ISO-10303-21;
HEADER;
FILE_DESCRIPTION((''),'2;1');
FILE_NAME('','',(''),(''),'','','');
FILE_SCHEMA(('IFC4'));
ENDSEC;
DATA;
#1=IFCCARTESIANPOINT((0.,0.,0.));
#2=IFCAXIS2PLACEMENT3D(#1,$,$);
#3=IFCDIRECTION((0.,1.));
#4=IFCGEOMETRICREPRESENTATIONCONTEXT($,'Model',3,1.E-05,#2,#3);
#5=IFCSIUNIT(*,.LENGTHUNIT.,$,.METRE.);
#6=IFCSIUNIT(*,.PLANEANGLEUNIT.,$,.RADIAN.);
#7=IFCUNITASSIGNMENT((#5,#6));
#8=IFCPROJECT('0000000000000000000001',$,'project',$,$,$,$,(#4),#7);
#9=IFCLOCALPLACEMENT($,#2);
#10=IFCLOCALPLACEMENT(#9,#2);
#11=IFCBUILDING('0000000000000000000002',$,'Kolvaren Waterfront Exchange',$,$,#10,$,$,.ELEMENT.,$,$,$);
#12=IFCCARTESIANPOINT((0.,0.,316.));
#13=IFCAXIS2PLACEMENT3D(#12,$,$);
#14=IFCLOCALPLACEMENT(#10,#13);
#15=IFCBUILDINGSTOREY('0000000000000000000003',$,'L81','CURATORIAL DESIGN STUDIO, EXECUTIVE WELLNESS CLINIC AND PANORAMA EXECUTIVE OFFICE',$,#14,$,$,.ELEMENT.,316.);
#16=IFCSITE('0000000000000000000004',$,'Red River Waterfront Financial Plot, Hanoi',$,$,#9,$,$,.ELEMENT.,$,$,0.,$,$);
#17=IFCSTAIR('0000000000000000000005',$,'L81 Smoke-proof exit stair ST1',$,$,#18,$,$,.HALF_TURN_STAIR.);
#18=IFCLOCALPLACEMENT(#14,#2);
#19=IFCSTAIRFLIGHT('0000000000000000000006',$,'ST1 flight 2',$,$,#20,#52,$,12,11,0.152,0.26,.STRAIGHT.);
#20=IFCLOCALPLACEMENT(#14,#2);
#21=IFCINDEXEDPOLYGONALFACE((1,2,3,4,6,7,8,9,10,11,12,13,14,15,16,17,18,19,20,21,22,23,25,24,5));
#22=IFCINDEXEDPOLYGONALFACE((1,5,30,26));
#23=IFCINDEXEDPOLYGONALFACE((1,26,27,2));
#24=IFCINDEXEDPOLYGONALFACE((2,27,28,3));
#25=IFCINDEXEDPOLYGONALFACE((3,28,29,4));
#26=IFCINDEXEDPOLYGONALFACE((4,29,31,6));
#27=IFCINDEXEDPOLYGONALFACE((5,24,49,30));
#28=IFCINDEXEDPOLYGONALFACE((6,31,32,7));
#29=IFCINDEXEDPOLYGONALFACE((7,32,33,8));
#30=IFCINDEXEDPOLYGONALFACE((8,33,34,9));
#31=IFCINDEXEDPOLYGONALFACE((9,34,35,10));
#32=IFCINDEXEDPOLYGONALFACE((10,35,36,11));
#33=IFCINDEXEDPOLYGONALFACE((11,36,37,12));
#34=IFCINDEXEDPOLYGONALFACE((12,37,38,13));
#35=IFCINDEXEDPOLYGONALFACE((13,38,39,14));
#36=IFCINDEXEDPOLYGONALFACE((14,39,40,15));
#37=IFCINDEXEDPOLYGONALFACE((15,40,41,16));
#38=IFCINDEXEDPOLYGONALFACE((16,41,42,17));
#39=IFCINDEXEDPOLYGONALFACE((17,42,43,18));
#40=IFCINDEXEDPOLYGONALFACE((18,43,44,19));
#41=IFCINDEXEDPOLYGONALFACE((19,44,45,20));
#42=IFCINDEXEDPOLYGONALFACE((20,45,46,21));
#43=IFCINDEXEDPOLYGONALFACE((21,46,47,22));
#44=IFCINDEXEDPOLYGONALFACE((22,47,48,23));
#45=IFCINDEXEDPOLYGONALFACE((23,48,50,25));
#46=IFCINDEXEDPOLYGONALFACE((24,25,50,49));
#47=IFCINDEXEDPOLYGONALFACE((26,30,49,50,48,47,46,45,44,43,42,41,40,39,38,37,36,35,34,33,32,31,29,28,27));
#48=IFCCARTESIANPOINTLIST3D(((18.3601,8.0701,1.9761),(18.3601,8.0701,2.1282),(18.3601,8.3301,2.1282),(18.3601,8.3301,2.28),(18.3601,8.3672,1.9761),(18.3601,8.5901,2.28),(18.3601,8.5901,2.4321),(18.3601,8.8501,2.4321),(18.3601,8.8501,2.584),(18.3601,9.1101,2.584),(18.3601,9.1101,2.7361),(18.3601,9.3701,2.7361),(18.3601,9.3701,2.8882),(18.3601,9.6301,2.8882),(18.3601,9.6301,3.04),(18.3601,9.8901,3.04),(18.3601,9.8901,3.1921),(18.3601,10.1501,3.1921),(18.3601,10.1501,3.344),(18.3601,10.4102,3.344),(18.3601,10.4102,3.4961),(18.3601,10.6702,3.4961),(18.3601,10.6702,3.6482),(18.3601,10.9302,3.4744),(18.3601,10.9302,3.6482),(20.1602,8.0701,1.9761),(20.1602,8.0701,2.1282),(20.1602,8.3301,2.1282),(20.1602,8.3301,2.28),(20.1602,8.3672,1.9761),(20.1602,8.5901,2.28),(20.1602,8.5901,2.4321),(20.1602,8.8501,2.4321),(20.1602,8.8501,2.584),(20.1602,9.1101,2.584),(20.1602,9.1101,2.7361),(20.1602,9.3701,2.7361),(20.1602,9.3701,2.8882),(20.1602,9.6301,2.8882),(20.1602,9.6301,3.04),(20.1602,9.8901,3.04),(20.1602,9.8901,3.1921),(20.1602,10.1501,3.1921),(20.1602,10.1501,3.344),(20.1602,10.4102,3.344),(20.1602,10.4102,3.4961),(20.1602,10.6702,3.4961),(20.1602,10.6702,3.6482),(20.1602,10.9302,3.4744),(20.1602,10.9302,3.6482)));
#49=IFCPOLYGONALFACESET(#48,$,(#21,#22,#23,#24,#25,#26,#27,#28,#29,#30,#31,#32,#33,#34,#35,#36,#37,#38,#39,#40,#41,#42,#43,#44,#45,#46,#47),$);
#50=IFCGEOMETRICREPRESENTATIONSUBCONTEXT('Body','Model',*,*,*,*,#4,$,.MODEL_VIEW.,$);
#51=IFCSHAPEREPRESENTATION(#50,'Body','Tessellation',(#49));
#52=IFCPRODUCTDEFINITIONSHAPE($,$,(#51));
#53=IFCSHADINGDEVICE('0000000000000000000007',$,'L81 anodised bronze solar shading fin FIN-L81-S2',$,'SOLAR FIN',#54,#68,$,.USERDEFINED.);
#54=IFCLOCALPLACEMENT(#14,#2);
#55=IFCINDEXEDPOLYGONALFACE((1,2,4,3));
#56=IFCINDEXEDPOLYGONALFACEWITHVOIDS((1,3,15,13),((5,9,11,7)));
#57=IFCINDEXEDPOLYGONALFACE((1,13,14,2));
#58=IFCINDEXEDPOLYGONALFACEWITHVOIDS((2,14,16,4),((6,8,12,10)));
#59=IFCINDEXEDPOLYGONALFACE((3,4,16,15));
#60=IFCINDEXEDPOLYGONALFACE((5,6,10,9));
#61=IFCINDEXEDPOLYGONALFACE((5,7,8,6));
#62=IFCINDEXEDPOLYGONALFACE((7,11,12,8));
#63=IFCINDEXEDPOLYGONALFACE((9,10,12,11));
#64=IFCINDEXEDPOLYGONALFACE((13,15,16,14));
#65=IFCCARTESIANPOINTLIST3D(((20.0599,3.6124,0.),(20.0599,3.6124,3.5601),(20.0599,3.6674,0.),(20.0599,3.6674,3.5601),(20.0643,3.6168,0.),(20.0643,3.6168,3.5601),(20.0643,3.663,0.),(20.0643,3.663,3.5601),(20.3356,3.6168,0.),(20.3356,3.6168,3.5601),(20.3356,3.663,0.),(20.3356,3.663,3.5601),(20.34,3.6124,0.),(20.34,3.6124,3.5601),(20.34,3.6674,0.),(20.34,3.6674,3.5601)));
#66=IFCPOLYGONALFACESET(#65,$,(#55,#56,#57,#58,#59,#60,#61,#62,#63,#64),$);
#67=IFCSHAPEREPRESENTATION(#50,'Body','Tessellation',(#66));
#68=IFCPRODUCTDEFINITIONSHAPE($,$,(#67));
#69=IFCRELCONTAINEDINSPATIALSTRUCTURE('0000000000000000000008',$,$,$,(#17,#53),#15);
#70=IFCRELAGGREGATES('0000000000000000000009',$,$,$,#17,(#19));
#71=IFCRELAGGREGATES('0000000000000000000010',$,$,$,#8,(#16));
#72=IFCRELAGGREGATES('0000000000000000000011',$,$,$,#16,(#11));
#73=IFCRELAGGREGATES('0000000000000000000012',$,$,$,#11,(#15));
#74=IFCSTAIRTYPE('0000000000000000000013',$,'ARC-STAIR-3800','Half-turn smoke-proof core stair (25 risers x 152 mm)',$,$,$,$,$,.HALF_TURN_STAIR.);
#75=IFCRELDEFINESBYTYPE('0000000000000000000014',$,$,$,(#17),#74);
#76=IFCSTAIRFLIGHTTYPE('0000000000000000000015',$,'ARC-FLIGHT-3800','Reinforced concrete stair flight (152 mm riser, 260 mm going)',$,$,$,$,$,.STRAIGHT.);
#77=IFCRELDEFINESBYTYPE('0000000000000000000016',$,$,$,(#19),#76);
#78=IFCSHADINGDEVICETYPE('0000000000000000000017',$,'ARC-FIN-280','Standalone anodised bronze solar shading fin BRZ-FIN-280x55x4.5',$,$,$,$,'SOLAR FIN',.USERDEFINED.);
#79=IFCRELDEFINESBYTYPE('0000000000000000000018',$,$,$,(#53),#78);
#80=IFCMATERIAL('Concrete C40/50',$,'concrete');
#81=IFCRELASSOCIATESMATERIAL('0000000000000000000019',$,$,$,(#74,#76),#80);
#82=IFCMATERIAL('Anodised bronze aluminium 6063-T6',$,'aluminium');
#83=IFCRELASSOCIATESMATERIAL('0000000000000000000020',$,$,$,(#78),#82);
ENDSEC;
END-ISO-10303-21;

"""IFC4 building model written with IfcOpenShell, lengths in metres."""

from ifc_helpers import new_model, si_unit, direction, frame, origin, origin_2d, place, context, subcontext, project, spatial, polyline, hollow_rectangle, outline, extrude, material, material_profile, profile_set, type_object, element, aggregate, save


model = new_model("IFC4")

# Units and contexts
model_context = context("Model", 3, precision=1e-05, world=origin(), true_north=direction((0.0, 1.0)))
body_context = subcontext(model_context, "Body", "Model", "MODEL_VIEW")
ifc_project = project(units=[si_unit("LENGTHUNIT", "METRE"), si_unit("PLANEANGLEUNIT", "RADIAN")], contexts=[model_context])

# Site, building, storey
site_placement = place(None, origin())
site = spatial("IfcSite", under=ifc_project, at=site_placement, Name="Red River Waterfront Financial Plot, Hanoi", CompositionType="ELEMENT", RefElevation=0.0)
building_placement = place(site_placement, origin())
building = spatial("IfcBuilding", under=site, at=building_placement, Name="Kolvaren Waterfront Exchange", CompositionType="ELEMENT")
storey_placement = place(building_placement, frame((0.0, 0.0, 316.0)))
storey = spatial("IfcBuildingStorey", under=building, at=storey_placement, Name="L81", Description="CURATORIAL DESIGN STUDIO, EXECUTIVE WELLNESS CLINIC AND PANORAMA EXECUTIVE OFFICE", CompositionType="ELEMENT", Elevation=316.0)

# Shared definitions
ifc_material_1 = material(Name="Anodised bronze aluminium 6063-T6", Category="aluminium")

# Shared definitions
ifc_material_2 = material(Name="Concrete C40/50", Category="concrete")

# Stair, stair flight
stair_type = type_object("IfcStairType", Name="ARC-STAIR-3800", Description="Half-turn smoke-proof core stair (25 risers x 152 mm)", PredefinedType="HALF_TURN_STAIR", material=ifc_material_2)
stair_placement = place(storey_placement, origin())
stair = element("IfcStair", 1, at=stair_placement, inside=storey, type_object=stair_type, Name="L81 Smoke-proof exit stair ST1", PredefinedType="HALF_TURN_STAIR")
stair_flight_type = type_object("IfcStairFlightType", Name="ARC-FLIGHT-3800", Description="Reinforced concrete stair flight (152 mm riser, 260 mm going)", PredefinedType="STRAIGHT", material=ifc_material_2)
stair_flight_placement = place(storey_placement, frame((19.26, 8.0701, 1.9761), z_axis=(0.0, 0.0, 1.0), x_axis=(0.0, 1.0, 0.0)))
stair_flight = element("IfcStairFlight", 2, at=stair_flight_placement, type_object=stair_flight_type, Name="ST1 flight 2", NumberOfRisers=12, NumberOfTreads=11, PredefinedType="STRAIGHT", RiserHeight=0.152, TreadLength=0.26, context=body_context, shape_type="SweptSolid", body=[
    extrude(outline(polyline([(0.0, 0.0), (0.0, 0.1521), (0.26, 0.1521), (0.26, 0.304), (0.52, 0.304), (0.52, 0.4561), (0.78, 0.4561), (0.78, 0.6079), (1.04, 0.6079), (1.04, 0.76), (1.3, 0.76), (1.3, 0.9121), (1.5601, 0.9121), (1.5601, 1.064), (1.8201, 1.064), (1.8201, 1.2161), (2.0801, 1.2161), (2.0801, 1.3679), (2.3401, 1.3679), (2.3401, 1.52), (2.6001, 1.52), (2.6001, 1.6721), (2.8601, 1.6721), (2.8601, 1.824), (2.8601, 1.4983), (0.2971, 0.0), (0.0, 0.0)])), frame((0.0, 0.8999, 0.0), z_axis=(0.0, -1.0, 0.0), x_axis=(1.0, 0.0, 0.0)), (0.0, 0.0, 1.0), 1.8),
])
aggregate(stair, [stair_flight])

# Shading device
ifc_material_profile_1 = material_profile(ifc_material_1, hollow_rectangle(XDim=0.0549, YDim=0.28, WallThickness=0.0044, at=origin_2d()), Name="BRZ-FIN-280x55x4.5")
ifc_profile_set_1 = profile_set([ifc_material_profile_1], Name="Anodised bronze aluminium 6063-T6")
shading_device_type = type_object("IfcShadingDeviceType", Name="ARC-FIN-280", Description="Standalone anodised bronze solar shading fin BRZ-FIN-280x55x4.5", ElementType="SOLAR FIN", PredefinedType="USERDEFINED", material=ifc_profile_set_1)
shading_device_placement = place(storey_placement, frame((20.2, 3.6399, 0.0), z_axis=(0.0, 0.0, 1.0), x_axis=(0.0, -1.0, 0.0)))
element("IfcShadingDevice", 3, at=shading_device_placement, inside=storey, type_object=shading_device_type, Name="L81 anodised bronze solar shading fin FIN-L81-S2", ObjectType="SOLAR FIN", PredefinedType="USERDEFINED", context=body_context, shape_type="SweptSolid", body=[
    extrude(hollow_rectangle(XDim=0.0549, YDim=0.28, WallThickness=0.0044, at=origin_2d()), origin(), (0.0, 0.0, 1.0), 3.5601),
])

save(model, "model.ifc")
